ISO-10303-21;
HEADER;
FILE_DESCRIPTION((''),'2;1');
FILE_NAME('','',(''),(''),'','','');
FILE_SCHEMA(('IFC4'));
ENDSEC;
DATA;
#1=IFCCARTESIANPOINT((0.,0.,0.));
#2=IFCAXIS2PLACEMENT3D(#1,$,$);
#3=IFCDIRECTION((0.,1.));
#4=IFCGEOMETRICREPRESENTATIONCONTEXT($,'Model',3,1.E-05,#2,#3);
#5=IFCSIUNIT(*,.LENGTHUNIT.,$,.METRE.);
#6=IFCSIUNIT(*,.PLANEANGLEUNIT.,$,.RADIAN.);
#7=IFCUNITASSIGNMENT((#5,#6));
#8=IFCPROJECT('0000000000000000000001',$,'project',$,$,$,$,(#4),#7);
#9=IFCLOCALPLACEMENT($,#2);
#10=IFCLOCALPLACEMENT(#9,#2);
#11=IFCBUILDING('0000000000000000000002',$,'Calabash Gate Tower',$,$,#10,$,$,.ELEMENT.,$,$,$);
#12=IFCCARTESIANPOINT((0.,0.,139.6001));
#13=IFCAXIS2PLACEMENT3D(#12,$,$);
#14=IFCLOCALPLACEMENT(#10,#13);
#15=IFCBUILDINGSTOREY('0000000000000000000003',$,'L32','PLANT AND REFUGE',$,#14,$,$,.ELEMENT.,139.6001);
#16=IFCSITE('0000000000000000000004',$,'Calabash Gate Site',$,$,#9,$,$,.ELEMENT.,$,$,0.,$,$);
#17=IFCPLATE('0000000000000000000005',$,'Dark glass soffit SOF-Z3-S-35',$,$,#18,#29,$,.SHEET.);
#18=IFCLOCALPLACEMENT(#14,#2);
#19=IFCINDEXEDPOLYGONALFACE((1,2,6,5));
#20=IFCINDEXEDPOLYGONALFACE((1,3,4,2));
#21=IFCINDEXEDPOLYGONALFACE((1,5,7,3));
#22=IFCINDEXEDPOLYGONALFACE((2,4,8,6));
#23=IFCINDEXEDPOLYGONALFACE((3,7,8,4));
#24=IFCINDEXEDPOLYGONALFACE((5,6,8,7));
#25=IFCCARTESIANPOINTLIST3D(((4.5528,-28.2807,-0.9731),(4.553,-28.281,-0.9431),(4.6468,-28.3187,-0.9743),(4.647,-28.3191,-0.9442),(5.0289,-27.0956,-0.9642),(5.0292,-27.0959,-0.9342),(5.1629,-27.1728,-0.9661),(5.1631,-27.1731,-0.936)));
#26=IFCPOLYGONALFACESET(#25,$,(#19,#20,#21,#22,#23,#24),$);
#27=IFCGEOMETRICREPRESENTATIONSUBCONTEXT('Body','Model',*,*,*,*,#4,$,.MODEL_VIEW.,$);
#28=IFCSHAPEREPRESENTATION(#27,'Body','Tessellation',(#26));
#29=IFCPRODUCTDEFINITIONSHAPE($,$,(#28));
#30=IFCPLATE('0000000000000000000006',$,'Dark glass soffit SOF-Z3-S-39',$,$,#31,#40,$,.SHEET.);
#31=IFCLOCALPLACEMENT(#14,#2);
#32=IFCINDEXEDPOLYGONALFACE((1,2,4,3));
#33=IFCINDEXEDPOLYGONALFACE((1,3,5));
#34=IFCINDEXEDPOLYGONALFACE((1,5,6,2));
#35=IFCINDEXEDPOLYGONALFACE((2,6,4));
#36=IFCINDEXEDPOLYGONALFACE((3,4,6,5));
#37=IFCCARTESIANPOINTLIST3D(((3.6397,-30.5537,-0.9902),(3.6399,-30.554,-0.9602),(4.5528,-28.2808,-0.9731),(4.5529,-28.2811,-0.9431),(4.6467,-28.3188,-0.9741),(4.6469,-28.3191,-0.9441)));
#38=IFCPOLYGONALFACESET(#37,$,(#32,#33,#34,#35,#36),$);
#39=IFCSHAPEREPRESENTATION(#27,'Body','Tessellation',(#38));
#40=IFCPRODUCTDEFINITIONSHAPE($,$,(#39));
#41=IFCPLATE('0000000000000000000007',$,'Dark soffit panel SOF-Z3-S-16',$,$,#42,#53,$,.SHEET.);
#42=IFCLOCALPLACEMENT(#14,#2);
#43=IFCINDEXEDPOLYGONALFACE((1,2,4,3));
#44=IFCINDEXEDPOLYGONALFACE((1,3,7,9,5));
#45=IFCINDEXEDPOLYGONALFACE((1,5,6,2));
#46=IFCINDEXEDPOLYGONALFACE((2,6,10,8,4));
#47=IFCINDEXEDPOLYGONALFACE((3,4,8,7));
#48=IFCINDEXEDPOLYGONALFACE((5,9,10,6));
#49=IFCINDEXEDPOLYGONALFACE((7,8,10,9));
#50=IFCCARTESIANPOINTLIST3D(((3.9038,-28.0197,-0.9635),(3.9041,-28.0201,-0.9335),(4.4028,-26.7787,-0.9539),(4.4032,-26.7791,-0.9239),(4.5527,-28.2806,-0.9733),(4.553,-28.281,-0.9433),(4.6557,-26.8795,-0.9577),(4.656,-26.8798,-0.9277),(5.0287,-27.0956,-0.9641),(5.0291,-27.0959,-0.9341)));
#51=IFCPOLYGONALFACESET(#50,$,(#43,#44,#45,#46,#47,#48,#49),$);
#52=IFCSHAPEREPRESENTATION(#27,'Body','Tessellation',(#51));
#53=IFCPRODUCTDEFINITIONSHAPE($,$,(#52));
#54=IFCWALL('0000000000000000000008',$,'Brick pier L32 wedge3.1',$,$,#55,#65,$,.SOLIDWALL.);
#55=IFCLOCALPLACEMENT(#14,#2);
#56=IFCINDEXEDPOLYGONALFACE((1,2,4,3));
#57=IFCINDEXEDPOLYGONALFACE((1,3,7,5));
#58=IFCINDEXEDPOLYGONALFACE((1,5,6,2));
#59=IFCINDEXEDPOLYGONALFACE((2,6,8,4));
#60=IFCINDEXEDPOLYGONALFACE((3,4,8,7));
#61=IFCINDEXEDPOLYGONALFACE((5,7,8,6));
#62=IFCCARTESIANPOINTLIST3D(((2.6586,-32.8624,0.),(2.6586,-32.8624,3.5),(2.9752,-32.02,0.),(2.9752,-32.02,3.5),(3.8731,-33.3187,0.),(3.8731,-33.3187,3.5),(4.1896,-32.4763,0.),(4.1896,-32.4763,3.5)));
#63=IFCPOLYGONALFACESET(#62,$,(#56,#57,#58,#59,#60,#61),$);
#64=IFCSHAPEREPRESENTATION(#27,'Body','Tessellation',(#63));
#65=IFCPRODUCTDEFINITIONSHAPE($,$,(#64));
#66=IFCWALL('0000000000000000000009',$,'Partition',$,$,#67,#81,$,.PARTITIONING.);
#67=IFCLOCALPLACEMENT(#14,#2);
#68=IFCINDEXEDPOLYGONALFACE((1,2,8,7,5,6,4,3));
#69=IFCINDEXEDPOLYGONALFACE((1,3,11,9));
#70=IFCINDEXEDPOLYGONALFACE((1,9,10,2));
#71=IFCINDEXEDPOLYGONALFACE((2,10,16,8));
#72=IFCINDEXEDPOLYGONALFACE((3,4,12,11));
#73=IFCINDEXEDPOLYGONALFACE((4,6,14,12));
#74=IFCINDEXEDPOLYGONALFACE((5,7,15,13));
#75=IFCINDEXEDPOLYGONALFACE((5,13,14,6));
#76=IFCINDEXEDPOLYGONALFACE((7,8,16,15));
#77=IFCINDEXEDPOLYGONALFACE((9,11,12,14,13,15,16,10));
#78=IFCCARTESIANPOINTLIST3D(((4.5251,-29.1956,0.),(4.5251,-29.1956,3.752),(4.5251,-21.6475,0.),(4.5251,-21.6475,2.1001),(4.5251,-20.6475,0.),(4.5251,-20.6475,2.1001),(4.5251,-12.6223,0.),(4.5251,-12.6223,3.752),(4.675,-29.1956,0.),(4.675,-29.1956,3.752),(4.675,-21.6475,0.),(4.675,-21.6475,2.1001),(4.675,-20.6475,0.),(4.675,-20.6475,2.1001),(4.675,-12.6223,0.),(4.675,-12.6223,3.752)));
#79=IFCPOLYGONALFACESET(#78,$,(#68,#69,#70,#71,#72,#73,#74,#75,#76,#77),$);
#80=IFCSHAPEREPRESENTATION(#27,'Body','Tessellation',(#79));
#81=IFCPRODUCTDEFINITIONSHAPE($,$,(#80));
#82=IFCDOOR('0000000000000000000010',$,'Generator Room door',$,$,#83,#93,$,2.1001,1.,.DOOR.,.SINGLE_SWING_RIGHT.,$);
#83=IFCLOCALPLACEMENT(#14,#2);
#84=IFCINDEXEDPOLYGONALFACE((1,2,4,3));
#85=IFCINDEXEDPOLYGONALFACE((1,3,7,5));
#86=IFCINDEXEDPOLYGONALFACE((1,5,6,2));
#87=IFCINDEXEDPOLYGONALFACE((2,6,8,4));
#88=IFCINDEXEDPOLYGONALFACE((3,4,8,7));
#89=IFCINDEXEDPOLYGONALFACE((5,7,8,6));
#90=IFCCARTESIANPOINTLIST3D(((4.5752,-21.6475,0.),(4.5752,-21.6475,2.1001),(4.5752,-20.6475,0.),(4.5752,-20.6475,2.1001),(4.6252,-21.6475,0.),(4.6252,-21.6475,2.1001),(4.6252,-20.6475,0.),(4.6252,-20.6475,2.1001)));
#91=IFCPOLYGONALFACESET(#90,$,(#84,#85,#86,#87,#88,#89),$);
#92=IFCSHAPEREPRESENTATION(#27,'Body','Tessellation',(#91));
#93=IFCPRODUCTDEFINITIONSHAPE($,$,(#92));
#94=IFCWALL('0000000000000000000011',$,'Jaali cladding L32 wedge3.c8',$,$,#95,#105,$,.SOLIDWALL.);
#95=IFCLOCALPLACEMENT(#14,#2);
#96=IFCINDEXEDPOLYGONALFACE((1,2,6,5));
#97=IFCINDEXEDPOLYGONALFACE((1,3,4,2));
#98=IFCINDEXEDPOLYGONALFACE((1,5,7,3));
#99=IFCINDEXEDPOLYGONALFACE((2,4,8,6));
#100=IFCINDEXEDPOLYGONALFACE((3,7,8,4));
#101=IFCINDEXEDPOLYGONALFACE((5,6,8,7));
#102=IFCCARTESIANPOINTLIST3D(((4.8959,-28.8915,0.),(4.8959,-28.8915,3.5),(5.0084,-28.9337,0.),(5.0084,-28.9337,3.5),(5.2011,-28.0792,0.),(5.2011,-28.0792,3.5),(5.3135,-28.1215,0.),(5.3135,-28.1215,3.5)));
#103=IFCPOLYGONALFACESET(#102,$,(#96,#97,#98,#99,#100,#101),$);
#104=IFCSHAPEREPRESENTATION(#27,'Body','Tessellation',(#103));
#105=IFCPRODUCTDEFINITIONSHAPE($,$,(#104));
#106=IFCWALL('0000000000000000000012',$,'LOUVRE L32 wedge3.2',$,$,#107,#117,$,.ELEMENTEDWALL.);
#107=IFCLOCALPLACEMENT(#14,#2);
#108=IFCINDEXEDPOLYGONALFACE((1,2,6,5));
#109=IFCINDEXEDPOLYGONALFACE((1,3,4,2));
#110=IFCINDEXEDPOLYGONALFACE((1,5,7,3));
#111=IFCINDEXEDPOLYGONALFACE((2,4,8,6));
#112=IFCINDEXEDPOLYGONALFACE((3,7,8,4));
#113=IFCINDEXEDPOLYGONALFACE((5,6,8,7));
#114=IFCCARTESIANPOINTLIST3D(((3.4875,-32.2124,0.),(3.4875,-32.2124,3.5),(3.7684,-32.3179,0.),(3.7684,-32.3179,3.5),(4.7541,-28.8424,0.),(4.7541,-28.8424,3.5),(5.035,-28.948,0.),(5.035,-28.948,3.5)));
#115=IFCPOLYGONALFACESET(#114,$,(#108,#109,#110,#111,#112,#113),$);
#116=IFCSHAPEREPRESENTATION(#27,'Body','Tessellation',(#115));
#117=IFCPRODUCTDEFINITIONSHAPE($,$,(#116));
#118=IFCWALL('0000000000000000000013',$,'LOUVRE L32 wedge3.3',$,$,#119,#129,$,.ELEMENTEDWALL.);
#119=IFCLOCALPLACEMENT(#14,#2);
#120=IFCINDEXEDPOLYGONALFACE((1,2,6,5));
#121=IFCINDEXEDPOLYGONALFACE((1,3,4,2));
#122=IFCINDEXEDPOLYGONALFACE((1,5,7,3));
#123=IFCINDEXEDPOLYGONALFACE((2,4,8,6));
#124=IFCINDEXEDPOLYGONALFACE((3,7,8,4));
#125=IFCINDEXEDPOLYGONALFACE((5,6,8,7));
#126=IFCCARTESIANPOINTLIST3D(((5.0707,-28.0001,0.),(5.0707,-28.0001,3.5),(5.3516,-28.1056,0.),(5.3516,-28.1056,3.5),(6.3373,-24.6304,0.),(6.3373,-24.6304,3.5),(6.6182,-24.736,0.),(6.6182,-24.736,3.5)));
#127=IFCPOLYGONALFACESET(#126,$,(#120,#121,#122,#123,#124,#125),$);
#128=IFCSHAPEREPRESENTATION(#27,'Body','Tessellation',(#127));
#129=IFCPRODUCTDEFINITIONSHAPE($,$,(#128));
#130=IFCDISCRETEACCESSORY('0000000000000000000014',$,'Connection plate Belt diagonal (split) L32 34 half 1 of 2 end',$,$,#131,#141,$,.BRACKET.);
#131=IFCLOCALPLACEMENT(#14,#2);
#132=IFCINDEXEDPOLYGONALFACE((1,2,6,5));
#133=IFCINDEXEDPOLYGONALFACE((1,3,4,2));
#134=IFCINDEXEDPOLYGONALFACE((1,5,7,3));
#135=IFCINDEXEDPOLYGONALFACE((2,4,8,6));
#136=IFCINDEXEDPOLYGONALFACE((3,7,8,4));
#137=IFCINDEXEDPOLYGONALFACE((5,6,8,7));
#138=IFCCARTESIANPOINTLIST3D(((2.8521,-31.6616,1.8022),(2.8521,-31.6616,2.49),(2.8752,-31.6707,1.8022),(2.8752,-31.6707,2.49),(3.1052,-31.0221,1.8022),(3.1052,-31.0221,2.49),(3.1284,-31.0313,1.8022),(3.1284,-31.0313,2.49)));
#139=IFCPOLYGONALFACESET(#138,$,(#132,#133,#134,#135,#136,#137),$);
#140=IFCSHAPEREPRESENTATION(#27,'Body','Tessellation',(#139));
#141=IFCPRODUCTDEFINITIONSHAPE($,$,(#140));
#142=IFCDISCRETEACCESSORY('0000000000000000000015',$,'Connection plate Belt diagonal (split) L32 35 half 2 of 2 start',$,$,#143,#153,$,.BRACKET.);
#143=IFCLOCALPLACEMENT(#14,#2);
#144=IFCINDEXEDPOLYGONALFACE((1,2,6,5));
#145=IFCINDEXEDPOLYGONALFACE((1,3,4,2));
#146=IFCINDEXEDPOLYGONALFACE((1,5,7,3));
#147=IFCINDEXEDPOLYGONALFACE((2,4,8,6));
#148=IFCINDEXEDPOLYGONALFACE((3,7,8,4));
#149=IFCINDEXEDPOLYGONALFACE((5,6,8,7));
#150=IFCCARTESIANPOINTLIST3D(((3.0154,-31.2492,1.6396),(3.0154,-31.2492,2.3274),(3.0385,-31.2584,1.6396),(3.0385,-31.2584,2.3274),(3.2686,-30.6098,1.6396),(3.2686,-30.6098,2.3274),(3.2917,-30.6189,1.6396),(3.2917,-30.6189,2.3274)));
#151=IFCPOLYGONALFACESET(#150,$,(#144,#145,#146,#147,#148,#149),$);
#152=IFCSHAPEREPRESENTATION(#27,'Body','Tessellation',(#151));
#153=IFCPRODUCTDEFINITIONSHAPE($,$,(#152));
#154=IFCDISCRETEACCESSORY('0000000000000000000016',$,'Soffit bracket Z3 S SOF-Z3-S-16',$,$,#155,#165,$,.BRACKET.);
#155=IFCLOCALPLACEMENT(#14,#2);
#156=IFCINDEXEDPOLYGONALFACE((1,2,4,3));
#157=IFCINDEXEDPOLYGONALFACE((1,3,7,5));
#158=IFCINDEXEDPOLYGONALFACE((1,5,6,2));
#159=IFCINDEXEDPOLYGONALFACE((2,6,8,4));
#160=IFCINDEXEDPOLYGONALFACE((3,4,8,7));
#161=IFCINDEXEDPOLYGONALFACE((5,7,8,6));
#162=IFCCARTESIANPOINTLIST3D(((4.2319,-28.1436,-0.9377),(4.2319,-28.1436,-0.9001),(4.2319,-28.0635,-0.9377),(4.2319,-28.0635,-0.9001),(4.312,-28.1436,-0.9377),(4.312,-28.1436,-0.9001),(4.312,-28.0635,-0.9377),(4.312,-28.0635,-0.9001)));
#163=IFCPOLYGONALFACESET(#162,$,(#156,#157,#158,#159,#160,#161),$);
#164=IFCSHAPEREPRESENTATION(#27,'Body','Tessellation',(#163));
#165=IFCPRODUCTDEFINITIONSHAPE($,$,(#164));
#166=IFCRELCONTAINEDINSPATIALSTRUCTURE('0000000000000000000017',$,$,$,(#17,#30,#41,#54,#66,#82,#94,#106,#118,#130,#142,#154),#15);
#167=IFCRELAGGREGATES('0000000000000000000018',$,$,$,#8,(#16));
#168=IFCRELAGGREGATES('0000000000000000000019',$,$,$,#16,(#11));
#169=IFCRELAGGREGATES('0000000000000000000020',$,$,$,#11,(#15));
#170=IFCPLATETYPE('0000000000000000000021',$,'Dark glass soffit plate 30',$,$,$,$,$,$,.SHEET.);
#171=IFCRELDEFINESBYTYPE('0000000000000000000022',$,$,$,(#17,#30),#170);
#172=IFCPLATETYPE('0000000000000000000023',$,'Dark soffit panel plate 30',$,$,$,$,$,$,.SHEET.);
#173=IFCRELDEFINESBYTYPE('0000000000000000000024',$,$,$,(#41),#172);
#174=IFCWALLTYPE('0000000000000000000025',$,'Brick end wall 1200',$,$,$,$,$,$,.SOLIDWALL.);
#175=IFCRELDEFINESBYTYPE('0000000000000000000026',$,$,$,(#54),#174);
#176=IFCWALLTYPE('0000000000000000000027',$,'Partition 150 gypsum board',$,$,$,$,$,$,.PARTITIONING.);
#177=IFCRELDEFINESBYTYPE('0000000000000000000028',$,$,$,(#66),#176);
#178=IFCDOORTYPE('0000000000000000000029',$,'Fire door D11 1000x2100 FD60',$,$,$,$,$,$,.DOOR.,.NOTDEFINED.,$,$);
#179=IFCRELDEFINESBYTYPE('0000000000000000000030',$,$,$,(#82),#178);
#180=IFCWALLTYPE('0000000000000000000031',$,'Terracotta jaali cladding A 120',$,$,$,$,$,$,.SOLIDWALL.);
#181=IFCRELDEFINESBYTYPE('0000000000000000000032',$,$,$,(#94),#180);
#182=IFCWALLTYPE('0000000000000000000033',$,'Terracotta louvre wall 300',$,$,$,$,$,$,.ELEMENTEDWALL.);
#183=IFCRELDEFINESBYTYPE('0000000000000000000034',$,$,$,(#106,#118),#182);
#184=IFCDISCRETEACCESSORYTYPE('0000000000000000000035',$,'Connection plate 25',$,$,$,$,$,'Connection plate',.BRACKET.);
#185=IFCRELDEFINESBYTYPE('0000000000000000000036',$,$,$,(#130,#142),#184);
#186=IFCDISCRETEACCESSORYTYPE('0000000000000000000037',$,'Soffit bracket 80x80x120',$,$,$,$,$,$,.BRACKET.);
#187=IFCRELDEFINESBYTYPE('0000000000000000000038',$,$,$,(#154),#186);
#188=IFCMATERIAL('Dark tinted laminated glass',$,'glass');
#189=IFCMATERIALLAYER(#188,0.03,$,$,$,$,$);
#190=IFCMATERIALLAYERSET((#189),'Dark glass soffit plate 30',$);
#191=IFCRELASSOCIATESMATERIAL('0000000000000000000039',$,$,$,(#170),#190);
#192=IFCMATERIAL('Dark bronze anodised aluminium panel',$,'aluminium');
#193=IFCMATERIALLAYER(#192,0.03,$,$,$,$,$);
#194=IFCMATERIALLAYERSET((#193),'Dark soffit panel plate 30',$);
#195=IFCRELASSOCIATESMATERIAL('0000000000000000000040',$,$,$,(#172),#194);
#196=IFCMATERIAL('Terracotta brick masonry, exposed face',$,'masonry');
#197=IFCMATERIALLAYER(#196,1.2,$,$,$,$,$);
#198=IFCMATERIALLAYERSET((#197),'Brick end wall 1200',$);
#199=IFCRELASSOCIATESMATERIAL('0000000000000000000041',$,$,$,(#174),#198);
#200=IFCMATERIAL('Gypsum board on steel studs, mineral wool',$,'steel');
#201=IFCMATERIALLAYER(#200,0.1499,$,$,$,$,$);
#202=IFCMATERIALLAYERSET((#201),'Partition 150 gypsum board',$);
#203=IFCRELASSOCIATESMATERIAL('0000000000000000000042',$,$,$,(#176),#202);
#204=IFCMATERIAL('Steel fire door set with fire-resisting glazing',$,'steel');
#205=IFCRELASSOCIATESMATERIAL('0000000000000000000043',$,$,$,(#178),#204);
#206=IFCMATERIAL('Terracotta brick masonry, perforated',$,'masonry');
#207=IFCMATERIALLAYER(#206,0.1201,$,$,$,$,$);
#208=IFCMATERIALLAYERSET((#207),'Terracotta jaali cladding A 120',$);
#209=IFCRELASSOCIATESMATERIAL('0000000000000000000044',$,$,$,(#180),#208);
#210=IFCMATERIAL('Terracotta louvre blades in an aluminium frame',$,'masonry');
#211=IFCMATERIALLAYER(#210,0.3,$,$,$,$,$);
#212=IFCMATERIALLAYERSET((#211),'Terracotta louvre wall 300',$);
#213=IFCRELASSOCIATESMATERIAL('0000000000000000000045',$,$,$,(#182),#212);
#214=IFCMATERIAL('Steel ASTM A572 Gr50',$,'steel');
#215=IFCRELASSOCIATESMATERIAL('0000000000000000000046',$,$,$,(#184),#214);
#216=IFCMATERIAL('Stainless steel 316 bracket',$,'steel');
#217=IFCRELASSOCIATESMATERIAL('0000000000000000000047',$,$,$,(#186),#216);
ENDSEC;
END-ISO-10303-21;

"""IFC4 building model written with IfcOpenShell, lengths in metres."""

from ifc_helpers import new_model, si_unit, direction, frame, frame_2d, origin, origin_2d, place, context, subcontext, project, spatial, polyline, rectangle, outline, extrude, material, layer, layer_set, type_object, element, fill, save


model = new_model("IFC4")

# Units and contexts
model_context = context("Model", 3, precision=1e-05, world=origin(), true_north=direction((0.0, 1.0)))
body_context = subcontext(model_context, "Body", "Model", "MODEL_VIEW")
ifc_project = project(units=[si_unit("LENGTHUNIT", "METRE"), si_unit("PLANEANGLEUNIT", "RADIAN")], contexts=[model_context])

# Site, building, storey
site_placement = place(None, origin())
site = spatial("IfcSite", under=ifc_project, at=site_placement, Name="Calabash Gate Site", CompositionType="ELEMENT", RefElevation=0.0)
building_placement = place(site_placement, origin())
building = spatial("IfcBuilding", under=site, at=building_placement, Name="Calabash Gate Tower", CompositionType="ELEMENT")
storey_placement = place(building_placement, frame((0.0, 0.0, 139.6001)))
storey = spatial("IfcBuildingStorey", under=building, at=storey_placement, Name="L32", Description="PLANT AND REFUGE", CompositionType="ELEMENT", Elevation=139.6001)

# Plates
ifc_material_1 = material(Name="Dark tinted laminated glass", Category="glass")
ifc_layer_1 = layer(ifc_material_1, 0.03)
ifc_layer_set_1 = layer_set([ifc_layer_1], Name="Dark glass soffit plate 30")
plate_type_1 = type_object("IfcPlateType", Name="Dark glass soffit plate 30", PredefinedType="SHEET", material=ifc_layer_set_1)
plate_1_placement = place(storey_placement, frame((5.1631, -27.1731, -0.936), z_axis=(0.007524, -0.010533, 0.999916), x_axis=(-0.410632, -0.911778, -0.006515)))
element("IfcPlate", 1, at=plate_1_placement, inside=storey, type_object=plate_type_1, Name="Dark glass soffit SOF-Z3-S-35", PredefinedType="SHEET", context=body_context, shape_type="SweptSolid", body=[
    extrude(outline(polyline([(0.0, 0.0), (1.2568, 0.0), (1.2607, -0.1013), (-0.0154, -0.1538), (0.0, 0.0)])), origin(), (0.0, 0.0, -1.0), 0.03),
])
plate_2_placement = place(storey_placement, frame((3.6399, -30.554, -0.9602), z_axis=(0.006315, -0.010055, 0.99993), x_axis=(0.372756, 0.927903, 0.006977)))
element("IfcPlate", 2, at=plate_2_placement, inside=storey, type_object=plate_type_1, Name="Dark glass soffit SOF-Z3-S-39", PredefinedType="SHEET", context=body_context, shape_type="SweptSolid", body=[
    extrude(outline(polyline([(0.0, 0.0), (2.4495, 0.0), (2.4492, -0.1013), (0.0, 0.0)])), origin(), (0.0, 0.0, -1.0), 0.03),
])
ifc_material_2 = material(Name="Dark bronze anodised aluminium panel", Category="aluminium")
ifc_layer_2 = layer(ifc_material_2, 0.03)
ifc_layer_set_2 = layer_set([ifc_layer_2], Name="Dark soffit panel plate 30")
plate_type_2 = type_object("IfcPlateType", Name="Dark soffit panel plate 30", PredefinedType="SHEET", material=ifc_layer_set_2)
plate_3_placement = place(storey_placement, frame((5.0291, -27.0959, -0.9341), z_axis=(0.010286, -0.011907, 0.999876), x_axis=(-0.372767, -0.927897, -0.007215)))
element("IfcPlate", 3, at=plate_3_placement, inside=storey, type_object=plate_type_2, Name="Dark soffit panel SOF-Z3-S-16", PredefinedType="SHEET", context=body_context, shape_type="SweptSolid", body=[
    extrude(outline(polyline([(0.0, 0.0), (1.2771, 0.0), (1.2769, -0.6995), (-0.0608, -0.699), (-0.0615, -0.4268), (0.0, 0.0)])), origin(), (0.0, 0.0, -1.0), 0.03),
])

# Wall
ifc_material_3 = material(Name="Terracotta brick masonry, exposed face", Category="masonry")
ifc_layer_3 = layer(ifc_material_3, 1.2)
ifc_layer_set_3 = layer_set([ifc_layer_3], Name="Brick end wall 1200")
wall_type_1 = type_object("IfcWallType", Name="Brick end wall 1200", PredefinedType="SOLIDWALL", material=ifc_layer_set_3)
wall_1_placement = place(storey_placement, frame((2.8169, -32.4412, 0.0), z_axis=(0.0, 0.0, 1.0), x_axis=(0.936097, -0.351742, 0.0)))
element("IfcWall", 4, at=wall_1_placement, inside=storey, type_object=wall_type_1, Name="Brick pier L32 wedge3.1", PredefinedType="SOLIDWALL", context=body_context, shape_type="SweptSolid", body=[
    extrude(rectangle(XDim=1.2974, YDim=0.8999, at=frame_2d((0.6487, 0.0))), origin(), (0.0, 0.0, 1.0), 3.5),
])

# Wall, opening, door
ifc_material_4 = material(Name="Gypsum board on steel studs, mineral wool", Category="steel")
ifc_layer_4 = layer(ifc_material_4, 0.1499)
ifc_layer_set_4 = layer_set([ifc_layer_4], Name="Partition 150 gypsum board")
wall_type_2 = type_object("IfcWallType", Name="Partition 150 gypsum board", PredefinedType="PARTITIONING", material=ifc_layer_set_4)
wall_2_placement = place(storey_placement, frame((4.6001, -29.1956, 0.0), z_axis=(0.0, 0.0, 1.0), x_axis=(0.0, 1.0, 0.0)))
wall_2 = element("IfcWall", 5, at=wall_2_placement, inside=storey, type_object=wall_type_2, Name="Partition", PredefinedType="PARTITIONING", context=body_context, shape_type="SweptSolid", body=[
    extrude(rectangle(XDim=16.5732, YDim=0.1499, at=frame_2d((8.2866, 0.0))), origin(), (0.0, 0.0, 1.0), 3.752),
])
opening_placement = place(wall_2_placement, frame((7.5481, 0.0, 0.0)))
opening = element("IfcOpeningElement", 6, at=opening_placement, cuts=wall_2, PredefinedType="OPENING", context=body_context, shape_type="SweptSolid", body=[
    extrude(rectangle(XDim=1.0, YDim=2.1001, at=frame_2d((0.5, 1.05))), frame((0.0, 0.085, 0.0), z_axis=(0.0, -1.0, 0.0), x_axis=(1.0, 0.0, 0.0)), (0.0, 0.0, 1.0), 0.1699),
])
ifc_material_5 = material(Name="Steel fire door set with fire-resisting glazing", Category="steel")
door_type = type_object("IfcDoorType", Name="Fire door D11 1000x2100 FD60", OperationType="NOTDEFINED", PredefinedType="DOOR", material=ifc_material_5)
door_placement = place(opening_placement, origin())
door = element("IfcDoor", 7, at=door_placement, inside=storey, type_object=door_type, Name="Generator Room door", OperationType="SINGLE_SWING_RIGHT", OverallHeight=2.1001, OverallWidth=1.0, PredefinedType="DOOR", context=body_context, shape_type="SweptSolid", body=[
    extrude(rectangle(XDim=1.0, YDim=2.1001, at=frame_2d((0.5, 1.05))), frame((0.0, 0.0249, 0.0), z_axis=(0.0, -1.0, 0.0), x_axis=(1.0, 0.0, 0.0)), (0.0, 0.0, 1.0), 0.05),
])
fill(opening, door)

# Walls
ifc_material_6 = material(Name="Terracotta brick masonry, perforated", Category="masonry")
ifc_layer_5 = layer(ifc_material_6, 0.1201)
ifc_layer_set_5 = layer_set([ifc_layer_5], Name="Terracotta jaali cladding A 120")
wall_type_3 = type_object("IfcWallType", Name="Terracotta jaali cladding A 120", PredefinedType="SOLIDWALL", material=ifc_layer_set_5)
wall_3_placement = place(storey_placement, frame((5.2573, -28.1003, 0.0), z_axis=(0.0, 0.0, 1.0), x_axis=(-0.351709, -0.936109, 0.0)))
element("IfcWall", 8, at=wall_3_placement, inside=storey, type_object=wall_type_3, Name="Jaali cladding L32 wedge3.c8", PredefinedType="SOLIDWALL", context=body_context, shape_type="SweptSolid", body=[
    extrude(rectangle(XDim=0.8677, YDim=0.1201, at=frame_2d((0.4338, 0.0))), origin(), (0.0, 0.0, 1.0), 3.5),
])
ifc_material_7 = material(Name="Terracotta louvre blades in an aluminium frame", Category="masonry")
ifc_layer_6 = layer(ifc_material_7, 0.3)
ifc_layer_set_6 = layer_set([ifc_layer_6], Name="Terracotta louvre wall 300")
wall_type_4 = type_object("IfcWallType", Name="Terracotta louvre wall 300", PredefinedType="ELEMENTEDWALL", material=ifc_layer_set_6)
wall_4_placement = place(storey_placement, frame((3.6279, -32.2651, 0.0), z_axis=(0.0, 0.0, 1.0), x_axis=(0.351829, 0.936064, 0.0)))
element("IfcWall", 9, at=wall_4_placement, inside=storey, type_object=wall_type_4, Name="LOUVRE L32 wedge3.2", PredefinedType="ELEMENTEDWALL", context=body_context, shape_type="SweptSolid", body=[
    extrude(rectangle(XDim=3.6001, YDim=0.3, at=frame_2d((1.8, 0.0))), origin(), (0.0, 0.0, 1.0), 3.5),
])
wall_5_placement = place(storey_placement, frame((5.2112, -28.0527, 0.0), z_axis=(0.0, 0.0, 1.0), x_axis=(0.351852, 0.936056, 0.0)))
element("IfcWall", 10, at=wall_5_placement, inside=storey, type_object=wall_type_4, Name="LOUVRE L32 wedge3.3", PredefinedType="ELEMENTEDWALL", context=body_context, shape_type="SweptSolid", body=[
    extrude(rectangle(XDim=3.5999, YDim=0.3, at=frame_2d((1.7998, 0.0))), origin(), (0.0, 0.0, 1.0), 3.5),
])

# Discrete accessories
ifc_material_8 = material(Name="Steel ASTM A572 Gr50", Category="steel")
discrete_accessory_type_1 = type_object("IfcDiscreteAccessoryType", Name="Connection plate 25", ElementType="Connection plate", PredefinedType="BRACKET", material=ifc_material_8)
for number, where, z_axis, x_axis, name in (
    (11, (2.9902, -31.3464, 1.8022), (0.0, 0.0, 1.0), (0.368137, 0.929771, 0.0), "Connection plate Belt diagonal (split) L32 34 half 1 of 2 end"),
    (12, (3.1536, -30.9341, 1.6396), (0.0, 0.0, 1.0), (0.368137, 0.929771, 0.0), "Connection plate Belt diagonal (split) L32 35 half 2 of 2 start"),
):
    element("IfcDiscreteAccessory", number, at=place(storey_placement, frame(where, z_axis=z_axis, x_axis=x_axis)), inside=storey, type_object=discrete_accessory_type_1, Name=name, PredefinedType="BRACKET", context=body_context, shape_type="SweptSolid", body=[
        extrude(rectangle(XDim=0.6877, YDim=0.0249, at=origin_2d()), origin(), (0.0, 0.0, 1.0), 0.6877),
    ])
ifc_material_9 = material(Name="Stainless steel 316 bracket", Category="steel")
discrete_accessory_type_2 = type_object("IfcDiscreteAccessoryType", Name="Soffit bracket 80x80x120", PredefinedType="BRACKET", material=ifc_material_9)
discrete_accessory_placement = place(storey_placement, frame((4.272, -28.1035, -0.9377), z_axis=(0.0, 0.0, 1.0), x_axis=(1.0, 0.0, 0.0)))
element("IfcDiscreteAccessory", 13, at=discrete_accessory_placement, inside=storey, type_object=discrete_accessory_type_2, Name="Soffit bracket Z3 S SOF-Z3-S-16", PredefinedType="BRACKET", context=body_context, shape_type="SweptSolid", body=[
    extrude(rectangle(XDim=0.0801, YDim=0.0801, at=origin_2d()), origin(), (0.0, 0.0, 1.0), 0.0376),
])

save(model, "model.ifc")
